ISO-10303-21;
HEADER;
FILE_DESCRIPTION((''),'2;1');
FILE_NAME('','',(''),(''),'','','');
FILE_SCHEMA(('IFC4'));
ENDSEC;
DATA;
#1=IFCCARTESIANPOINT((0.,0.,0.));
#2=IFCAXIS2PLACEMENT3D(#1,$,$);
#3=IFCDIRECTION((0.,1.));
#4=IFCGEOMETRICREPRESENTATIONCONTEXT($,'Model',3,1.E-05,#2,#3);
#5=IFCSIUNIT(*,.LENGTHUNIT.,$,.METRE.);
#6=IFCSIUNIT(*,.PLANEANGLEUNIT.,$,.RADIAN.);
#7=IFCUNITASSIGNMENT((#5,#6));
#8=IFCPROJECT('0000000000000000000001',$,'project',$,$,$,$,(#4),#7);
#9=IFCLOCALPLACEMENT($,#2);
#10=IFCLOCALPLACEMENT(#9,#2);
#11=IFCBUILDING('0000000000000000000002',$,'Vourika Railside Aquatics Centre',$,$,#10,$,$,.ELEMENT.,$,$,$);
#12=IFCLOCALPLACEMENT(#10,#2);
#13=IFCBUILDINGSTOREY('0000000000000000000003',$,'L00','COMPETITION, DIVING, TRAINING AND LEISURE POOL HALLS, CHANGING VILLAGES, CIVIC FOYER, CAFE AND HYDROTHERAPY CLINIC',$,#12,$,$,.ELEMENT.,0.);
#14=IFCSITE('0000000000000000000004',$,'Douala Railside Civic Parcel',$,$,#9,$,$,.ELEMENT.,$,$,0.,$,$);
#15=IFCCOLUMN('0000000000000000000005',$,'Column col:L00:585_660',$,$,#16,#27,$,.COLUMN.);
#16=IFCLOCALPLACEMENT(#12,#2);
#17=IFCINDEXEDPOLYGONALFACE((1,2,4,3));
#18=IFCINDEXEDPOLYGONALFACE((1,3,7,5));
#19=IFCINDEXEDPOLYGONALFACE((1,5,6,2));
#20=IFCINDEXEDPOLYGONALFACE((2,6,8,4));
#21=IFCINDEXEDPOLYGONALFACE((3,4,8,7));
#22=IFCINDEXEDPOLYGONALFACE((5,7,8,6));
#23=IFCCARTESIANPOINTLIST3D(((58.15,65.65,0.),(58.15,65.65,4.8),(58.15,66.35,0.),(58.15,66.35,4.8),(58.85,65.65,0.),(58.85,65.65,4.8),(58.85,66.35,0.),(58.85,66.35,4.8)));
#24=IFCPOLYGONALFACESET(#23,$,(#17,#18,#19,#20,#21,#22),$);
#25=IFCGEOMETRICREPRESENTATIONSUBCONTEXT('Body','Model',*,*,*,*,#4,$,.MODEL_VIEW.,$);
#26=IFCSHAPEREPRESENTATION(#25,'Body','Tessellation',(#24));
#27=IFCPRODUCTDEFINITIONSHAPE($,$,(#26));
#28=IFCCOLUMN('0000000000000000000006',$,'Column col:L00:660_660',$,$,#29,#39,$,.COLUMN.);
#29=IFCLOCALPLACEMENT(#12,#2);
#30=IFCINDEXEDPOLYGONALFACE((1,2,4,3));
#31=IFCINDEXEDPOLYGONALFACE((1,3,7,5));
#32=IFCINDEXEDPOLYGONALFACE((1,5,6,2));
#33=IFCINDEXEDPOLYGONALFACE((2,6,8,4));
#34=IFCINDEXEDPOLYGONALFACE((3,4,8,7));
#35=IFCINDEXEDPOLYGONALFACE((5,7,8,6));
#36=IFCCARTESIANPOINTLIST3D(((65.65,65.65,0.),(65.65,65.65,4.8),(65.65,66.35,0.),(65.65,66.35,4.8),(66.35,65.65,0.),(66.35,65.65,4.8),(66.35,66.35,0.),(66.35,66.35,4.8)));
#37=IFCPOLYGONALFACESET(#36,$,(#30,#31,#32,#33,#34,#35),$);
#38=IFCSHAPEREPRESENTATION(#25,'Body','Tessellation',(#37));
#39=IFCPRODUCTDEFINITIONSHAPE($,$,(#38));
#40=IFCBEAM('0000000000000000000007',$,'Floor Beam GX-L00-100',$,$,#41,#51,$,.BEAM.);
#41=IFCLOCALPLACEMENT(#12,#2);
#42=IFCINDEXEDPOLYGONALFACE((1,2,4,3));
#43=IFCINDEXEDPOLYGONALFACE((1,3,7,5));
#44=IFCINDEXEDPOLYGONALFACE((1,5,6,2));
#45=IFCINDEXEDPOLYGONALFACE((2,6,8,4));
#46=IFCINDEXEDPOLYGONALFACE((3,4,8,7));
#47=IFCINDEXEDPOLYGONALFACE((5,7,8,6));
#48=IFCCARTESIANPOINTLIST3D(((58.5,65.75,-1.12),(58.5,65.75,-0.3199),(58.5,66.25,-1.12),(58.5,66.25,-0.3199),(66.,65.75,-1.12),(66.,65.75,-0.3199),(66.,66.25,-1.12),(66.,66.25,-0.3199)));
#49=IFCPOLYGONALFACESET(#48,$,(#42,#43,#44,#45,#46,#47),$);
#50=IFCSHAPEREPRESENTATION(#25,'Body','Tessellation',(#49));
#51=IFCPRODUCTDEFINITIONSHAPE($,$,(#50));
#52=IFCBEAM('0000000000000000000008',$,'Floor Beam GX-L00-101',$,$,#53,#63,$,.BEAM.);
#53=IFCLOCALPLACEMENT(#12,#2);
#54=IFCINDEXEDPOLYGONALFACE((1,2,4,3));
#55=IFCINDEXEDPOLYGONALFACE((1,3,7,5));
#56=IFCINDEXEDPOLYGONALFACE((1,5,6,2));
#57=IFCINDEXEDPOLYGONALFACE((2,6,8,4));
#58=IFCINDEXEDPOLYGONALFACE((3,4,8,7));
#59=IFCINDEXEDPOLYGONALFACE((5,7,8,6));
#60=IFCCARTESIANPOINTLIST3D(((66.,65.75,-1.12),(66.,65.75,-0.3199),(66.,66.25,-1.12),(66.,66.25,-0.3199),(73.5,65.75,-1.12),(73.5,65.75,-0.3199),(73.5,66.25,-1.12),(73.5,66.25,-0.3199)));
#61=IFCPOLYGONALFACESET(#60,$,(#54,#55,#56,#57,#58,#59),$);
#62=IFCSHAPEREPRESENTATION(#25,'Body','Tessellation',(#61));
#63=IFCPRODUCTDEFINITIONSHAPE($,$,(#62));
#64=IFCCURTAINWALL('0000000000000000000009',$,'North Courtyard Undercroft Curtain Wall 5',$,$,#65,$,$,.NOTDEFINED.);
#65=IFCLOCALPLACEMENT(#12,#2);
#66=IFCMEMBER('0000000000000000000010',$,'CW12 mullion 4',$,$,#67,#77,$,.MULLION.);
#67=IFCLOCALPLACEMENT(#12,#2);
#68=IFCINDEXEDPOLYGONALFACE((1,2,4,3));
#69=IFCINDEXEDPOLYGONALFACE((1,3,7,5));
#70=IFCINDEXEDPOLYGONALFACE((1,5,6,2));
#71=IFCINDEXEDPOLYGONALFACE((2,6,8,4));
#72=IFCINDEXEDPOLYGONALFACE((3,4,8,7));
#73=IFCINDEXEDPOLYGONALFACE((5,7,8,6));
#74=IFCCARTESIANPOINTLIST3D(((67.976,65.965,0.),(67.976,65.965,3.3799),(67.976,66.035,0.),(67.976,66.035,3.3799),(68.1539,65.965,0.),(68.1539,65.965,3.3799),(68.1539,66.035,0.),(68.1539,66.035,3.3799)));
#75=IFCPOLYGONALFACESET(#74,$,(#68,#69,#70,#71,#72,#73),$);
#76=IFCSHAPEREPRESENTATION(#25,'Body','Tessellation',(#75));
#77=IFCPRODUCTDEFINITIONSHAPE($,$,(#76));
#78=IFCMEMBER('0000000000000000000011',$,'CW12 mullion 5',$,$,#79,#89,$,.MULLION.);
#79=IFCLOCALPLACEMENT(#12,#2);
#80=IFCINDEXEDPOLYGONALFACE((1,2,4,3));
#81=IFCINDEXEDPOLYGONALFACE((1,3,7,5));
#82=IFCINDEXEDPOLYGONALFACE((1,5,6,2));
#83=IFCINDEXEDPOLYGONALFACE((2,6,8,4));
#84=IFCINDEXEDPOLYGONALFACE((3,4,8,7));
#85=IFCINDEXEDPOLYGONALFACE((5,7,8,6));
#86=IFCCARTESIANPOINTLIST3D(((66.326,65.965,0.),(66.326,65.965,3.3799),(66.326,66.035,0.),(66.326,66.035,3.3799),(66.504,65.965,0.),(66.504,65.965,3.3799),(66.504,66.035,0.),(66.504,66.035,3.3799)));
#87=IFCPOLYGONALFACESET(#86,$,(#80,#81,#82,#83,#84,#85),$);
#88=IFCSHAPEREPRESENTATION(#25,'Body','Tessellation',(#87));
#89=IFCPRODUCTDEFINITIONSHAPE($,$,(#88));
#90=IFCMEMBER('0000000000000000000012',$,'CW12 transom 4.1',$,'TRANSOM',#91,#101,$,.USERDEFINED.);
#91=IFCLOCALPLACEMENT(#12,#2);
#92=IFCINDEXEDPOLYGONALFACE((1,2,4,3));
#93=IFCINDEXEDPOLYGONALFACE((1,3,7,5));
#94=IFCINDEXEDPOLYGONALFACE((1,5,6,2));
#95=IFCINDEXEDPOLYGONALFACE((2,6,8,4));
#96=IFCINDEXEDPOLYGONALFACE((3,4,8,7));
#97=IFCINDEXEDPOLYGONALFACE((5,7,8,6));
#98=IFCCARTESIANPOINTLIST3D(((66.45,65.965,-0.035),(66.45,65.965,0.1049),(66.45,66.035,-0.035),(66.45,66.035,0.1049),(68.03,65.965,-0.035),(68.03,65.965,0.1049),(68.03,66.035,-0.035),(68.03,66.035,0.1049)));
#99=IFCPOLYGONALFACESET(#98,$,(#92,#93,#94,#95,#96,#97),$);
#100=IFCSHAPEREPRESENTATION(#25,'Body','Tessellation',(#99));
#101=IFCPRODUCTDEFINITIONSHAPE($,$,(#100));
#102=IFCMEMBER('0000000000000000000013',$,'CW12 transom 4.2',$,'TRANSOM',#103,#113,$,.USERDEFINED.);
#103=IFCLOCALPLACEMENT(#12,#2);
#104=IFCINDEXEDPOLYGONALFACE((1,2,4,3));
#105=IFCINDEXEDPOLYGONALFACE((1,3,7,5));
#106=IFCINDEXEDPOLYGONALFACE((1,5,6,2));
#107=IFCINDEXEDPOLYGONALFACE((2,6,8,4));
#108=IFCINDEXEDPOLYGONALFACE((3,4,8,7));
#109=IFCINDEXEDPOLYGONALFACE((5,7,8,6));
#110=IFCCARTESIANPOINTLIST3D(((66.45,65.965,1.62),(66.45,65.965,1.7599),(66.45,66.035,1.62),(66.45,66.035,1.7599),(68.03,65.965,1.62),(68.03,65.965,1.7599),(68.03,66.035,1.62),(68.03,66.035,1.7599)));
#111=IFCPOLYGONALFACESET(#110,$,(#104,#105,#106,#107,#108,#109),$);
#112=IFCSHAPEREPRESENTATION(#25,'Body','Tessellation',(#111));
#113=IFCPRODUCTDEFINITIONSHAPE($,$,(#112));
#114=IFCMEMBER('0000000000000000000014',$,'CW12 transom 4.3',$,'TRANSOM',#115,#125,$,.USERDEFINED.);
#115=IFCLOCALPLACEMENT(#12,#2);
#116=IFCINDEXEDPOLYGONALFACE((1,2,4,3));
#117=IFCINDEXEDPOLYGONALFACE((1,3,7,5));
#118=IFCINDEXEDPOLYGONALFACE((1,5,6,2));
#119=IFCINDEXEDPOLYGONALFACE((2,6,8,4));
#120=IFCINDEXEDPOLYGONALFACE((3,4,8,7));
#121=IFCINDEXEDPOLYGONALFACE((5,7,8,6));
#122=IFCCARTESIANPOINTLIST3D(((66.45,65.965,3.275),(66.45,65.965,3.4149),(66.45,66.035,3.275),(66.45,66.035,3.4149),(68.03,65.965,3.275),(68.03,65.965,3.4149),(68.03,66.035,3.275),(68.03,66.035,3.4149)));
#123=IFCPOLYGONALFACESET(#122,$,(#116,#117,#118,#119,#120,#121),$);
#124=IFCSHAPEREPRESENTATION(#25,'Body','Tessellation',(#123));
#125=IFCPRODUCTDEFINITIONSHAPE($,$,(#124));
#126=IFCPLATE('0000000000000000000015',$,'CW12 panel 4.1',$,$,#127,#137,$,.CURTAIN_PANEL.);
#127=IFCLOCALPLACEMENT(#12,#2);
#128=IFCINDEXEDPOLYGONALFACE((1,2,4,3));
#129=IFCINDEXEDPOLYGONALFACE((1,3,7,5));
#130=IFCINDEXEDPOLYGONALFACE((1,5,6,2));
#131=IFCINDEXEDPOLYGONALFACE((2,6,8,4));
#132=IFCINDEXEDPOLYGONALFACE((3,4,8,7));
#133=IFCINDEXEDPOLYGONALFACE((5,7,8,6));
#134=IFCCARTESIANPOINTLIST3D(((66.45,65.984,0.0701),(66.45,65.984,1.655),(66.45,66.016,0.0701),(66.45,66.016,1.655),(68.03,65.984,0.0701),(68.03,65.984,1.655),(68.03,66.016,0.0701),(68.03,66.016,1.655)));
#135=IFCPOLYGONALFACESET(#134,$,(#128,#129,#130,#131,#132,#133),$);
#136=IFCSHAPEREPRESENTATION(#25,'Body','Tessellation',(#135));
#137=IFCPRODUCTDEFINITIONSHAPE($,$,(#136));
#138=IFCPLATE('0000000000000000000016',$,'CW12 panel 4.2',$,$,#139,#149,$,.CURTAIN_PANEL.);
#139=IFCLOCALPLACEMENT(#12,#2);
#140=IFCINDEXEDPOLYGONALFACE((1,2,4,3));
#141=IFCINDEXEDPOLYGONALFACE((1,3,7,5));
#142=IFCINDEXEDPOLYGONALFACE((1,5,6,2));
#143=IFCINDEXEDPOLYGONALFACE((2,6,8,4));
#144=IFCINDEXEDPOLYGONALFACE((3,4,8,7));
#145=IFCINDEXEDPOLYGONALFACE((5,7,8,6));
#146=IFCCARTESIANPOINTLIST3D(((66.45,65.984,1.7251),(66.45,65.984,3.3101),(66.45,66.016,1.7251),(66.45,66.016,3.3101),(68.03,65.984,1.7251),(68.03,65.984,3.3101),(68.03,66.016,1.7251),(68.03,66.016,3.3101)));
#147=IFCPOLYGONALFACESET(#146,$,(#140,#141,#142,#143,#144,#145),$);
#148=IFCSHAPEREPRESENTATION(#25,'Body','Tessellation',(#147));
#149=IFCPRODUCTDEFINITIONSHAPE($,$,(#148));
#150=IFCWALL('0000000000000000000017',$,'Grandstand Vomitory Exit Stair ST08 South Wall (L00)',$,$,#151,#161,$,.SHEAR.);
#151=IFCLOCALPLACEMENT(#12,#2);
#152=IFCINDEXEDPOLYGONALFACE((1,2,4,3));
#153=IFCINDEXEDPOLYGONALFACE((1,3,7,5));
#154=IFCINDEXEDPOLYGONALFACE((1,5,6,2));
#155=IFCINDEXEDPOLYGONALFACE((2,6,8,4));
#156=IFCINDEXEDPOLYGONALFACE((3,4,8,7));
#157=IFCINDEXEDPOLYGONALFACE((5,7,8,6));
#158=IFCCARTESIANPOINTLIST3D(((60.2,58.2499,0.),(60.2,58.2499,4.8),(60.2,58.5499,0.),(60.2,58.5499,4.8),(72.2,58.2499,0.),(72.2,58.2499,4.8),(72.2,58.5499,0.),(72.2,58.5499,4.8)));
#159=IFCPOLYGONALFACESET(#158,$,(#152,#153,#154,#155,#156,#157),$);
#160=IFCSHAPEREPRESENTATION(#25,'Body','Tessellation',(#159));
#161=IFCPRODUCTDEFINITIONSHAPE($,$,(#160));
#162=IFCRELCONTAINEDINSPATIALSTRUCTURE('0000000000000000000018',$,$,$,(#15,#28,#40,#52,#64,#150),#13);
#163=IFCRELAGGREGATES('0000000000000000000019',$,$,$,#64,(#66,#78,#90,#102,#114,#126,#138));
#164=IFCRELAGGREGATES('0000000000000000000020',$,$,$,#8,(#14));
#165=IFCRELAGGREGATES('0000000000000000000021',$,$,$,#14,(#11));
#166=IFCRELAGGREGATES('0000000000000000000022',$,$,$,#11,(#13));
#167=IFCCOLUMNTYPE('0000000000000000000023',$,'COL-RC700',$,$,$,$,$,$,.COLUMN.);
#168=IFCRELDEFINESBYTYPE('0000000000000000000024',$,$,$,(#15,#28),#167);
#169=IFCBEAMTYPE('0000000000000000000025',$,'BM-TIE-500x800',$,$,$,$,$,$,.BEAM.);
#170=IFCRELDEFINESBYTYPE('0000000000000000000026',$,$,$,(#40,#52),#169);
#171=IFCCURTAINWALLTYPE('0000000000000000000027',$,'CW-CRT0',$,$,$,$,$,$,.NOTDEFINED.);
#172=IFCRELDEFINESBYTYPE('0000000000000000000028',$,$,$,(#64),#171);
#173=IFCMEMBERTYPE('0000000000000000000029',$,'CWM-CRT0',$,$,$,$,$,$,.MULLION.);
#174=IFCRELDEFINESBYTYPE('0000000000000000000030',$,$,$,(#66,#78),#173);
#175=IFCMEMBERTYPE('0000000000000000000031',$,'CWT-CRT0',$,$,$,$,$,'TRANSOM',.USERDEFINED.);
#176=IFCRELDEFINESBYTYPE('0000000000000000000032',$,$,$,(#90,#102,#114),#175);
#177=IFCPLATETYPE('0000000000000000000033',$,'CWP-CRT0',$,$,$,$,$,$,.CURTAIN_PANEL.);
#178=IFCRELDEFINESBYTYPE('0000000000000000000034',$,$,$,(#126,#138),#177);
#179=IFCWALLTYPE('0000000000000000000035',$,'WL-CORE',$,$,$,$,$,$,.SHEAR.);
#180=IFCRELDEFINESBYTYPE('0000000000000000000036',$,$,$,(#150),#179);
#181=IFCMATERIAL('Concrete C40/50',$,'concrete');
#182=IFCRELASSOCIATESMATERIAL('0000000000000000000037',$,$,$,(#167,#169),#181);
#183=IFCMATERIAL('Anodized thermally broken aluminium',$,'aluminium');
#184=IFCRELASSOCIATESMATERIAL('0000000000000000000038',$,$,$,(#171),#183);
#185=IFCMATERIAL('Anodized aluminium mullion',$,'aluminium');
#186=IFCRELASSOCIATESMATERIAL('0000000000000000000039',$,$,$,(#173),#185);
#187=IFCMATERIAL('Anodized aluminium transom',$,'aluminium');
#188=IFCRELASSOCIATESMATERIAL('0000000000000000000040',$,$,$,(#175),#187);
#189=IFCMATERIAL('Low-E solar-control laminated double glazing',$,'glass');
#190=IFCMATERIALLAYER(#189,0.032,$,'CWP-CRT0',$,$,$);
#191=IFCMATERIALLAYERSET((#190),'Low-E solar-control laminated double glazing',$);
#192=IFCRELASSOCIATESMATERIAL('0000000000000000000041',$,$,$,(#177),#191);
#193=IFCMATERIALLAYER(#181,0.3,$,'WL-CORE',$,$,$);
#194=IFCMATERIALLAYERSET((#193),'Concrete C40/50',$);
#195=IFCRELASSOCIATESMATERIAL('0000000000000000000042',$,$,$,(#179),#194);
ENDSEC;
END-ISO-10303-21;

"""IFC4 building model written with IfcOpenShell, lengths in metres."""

from ifc_helpers import new_model, si_unit, direction, frame, frame_2d, origin, origin_2d, place, context, subcontext, project, spatial, rectangle, extrude, material, layer, layer_set, material_profile, profile_set, type_object, element, aggregate, save


model = new_model("IFC4")

# Units and contexts
model_context = context("Model", 3, precision=1e-05, world=origin(), true_north=direction((0.0, 1.0)))
body_context = subcontext(model_context, "Body", "Model", "MODEL_VIEW")
ifc_project = project(units=[si_unit("LENGTHUNIT", "METRE"), si_unit("PLANEANGLEUNIT", "RADIAN")], contexts=[model_context])

# Site, building, storey
site_placement = place(None, origin())
site = spatial("IfcSite", under=ifc_project, at=site_placement, Name="Douala Railside Civic Parcel", CompositionType="ELEMENT", RefElevation=0.0)
building_placement = place(site_placement, origin())
building = spatial("IfcBuilding", under=site, at=building_placement, Name="Vourika Railside Aquatics Centre", CompositionType="ELEMENT")
storey_placement = place(building_placement, origin())
storey = spatial("IfcBuildingStorey", under=building, at=storey_placement, Name="L00", Description="COMPETITION, DIVING, TRAINING AND LEISURE POOL HALLS, CHANGING VILLAGES, CIVIC FOYER, CAFE AND HYDROTHERAPY CLINIC", CompositionType="ELEMENT", Elevation=0.0)

# Columns
ifc_material_1 = material(Name="Concrete C40/50", Category="concrete")
ifc_material_profile_1 = material_profile(ifc_material_1, rectangle(XDim=0.7, YDim=0.7, at=origin_2d()), Name="RC 700x700")
ifc_profile_set_1 = profile_set([ifc_material_profile_1], Name="Concrete C40/50")
column_type = type_object("IfcColumnType", Name="COL-RC700", PredefinedType="COLUMN", material=ifc_profile_set_1)
for number, where, z_axis, x_axis, name in (
    (1, (58.5, 66.0, 0.0), (0.0, 0.0, 1.0), (1.0, 0.0, 0.0), "Column col:L00:585_660"),
    (2, (66.0, 66.0, 0.0), (0.0, 0.0, 1.0), (1.0, 0.0, 0.0), "Column col:L00:660_660"),
):
    element("IfcColumn", number, at=place(storey_placement, frame(where, z_axis=z_axis, x_axis=x_axis)), inside=storey, type_object=column_type, Name=name, PredefinedType="COLUMN", context=body_context, shape_type="SweptSolid", body=[
        extrude(rectangle(XDim=0.7, YDim=0.7, at=origin_2d()), origin(), (0.0, 0.0, 1.0), 4.8),
    ])

# Beams
ifc_material_profile_2 = material_profile(ifc_material_1, rectangle(XDim=0.5, YDim=0.8, at=origin_2d()), Name="RC 500x800")
ifc_profile_set_2 = profile_set([ifc_material_profile_2], Name="Concrete C40/50")
beam_type = type_object("IfcBeamType", Name="BM-TIE-500x800", PredefinedType="BEAM", material=ifc_profile_set_2)
for number, where, z_axis, x_axis, name in (
    (3, (58.5, 66.0, -0.72), (1.0, 0.0, 0.0), (0.0, 1.0, 0.0), "Floor Beam GX-L00-100"),
    (4, (66.0, 66.0, -0.72), (1.0, 0.0, 0.0), (0.0, 1.0, 0.0), "Floor Beam GX-L00-101"),
):
    element("IfcBeam", number, at=place(storey_placement, frame(where, z_axis=z_axis, x_axis=x_axis)), inside=storey, type_object=beam_type, Name=name, PredefinedType="BEAM", context=body_context, shape_type="SweptSolid", body=[
        extrude(rectangle(XDim=0.5, YDim=0.8, at=origin_2d()), origin(), (0.0, 0.0, 1.0), 7.5),
    ])

# Curtain wall, members, plates
ifc_material_2 = material(Name="Anodized thermally broken aluminium", Category="aluminium")
curtain_wall_type = type_object("IfcCurtainWallType", Name="CW-CRT0", PredefinedType="NOTDEFINED", material=ifc_material_2)
curtain_wall_placement = place(storey_placement, origin())
curtain_wall = element("IfcCurtainWall", 5, at=curtain_wall_placement, inside=storey, type_object=curtain_wall_type, Name="North Courtyard Undercroft Curtain Wall 5", PredefinedType="NOTDEFINED")
ifc_material_3 = material(Name="Anodized aluminium mullion", Category="aluminium")
ifc_material_profile_3 = material_profile(ifc_material_3, rectangle(XDim=0.0701, YDim=0.178, at=origin_2d()), Name="ALU-M 70x178")
ifc_profile_set_3 = profile_set([ifc_material_profile_3], Name="Anodized aluminium mullion")
member_type_1 = type_object("IfcMemberType", Name="CWM-CRT0", PredefinedType="MULLION", material=ifc_profile_set_3)
member_1_placement = place(storey_placement, frame((68.0649, 66.0, 0.0), z_axis=(0.0, 0.0, 1.0), x_axis=(0.0, -1.0, 0.0)))
member_1 = element("IfcMember", 6, at=member_1_placement, type_object=member_type_1, Name="CW12 mullion 4", PredefinedType="MULLION", context=body_context, shape_type="SweptSolid", body=[
    extrude(rectangle(XDim=0.0701, YDim=0.178, at=origin_2d()), origin(), (0.0, 0.0, 1.0), 3.3799),
])
member_2_placement = place(storey_placement, frame((66.415, 66.0, 0.0), z_axis=(0.0, 0.0, 1.0), x_axis=(0.0, -1.0, 0.0)))
member_2 = element("IfcMember", 7, at=member_2_placement, type_object=member_type_1, Name="CW12 mullion 5", PredefinedType="MULLION", context=body_context, shape_type="SweptSolid", body=[
    extrude(rectangle(XDim=0.0701, YDim=0.178, at=origin_2d()), origin(), (0.0, 0.0, 1.0), 3.3799),
])
ifc_material_4 = material(Name="Anodized aluminium transom", Category="aluminium")
ifc_material_profile_4 = material_profile(ifc_material_4, rectangle(XDim=0.0701, YDim=0.1399, at=origin_2d()), Name="ALU-T 70x140")
ifc_profile_set_4 = profile_set([ifc_material_profile_4], Name="Anodized aluminium transom")
member_type_2 = type_object("IfcMemberType", Name="CWT-CRT0", ElementType="TRANSOM", PredefinedType="USERDEFINED", material=ifc_profile_set_4)
member_3_placement = place(storey_placement, frame((68.03, 66.0, 0.0349), z_axis=(-1.0, 0.0, 0.0), x_axis=(0.0, -1.0, 0.0)))
member_3 = element("IfcMember", 8, at=member_3_placement, type_object=member_type_2, Name="CW12 transom 4.1", ObjectType="TRANSOM", PredefinedType="USERDEFINED", context=body_context, shape_type="SweptSolid", body=[
    extrude(rectangle(XDim=0.0701, YDim=0.1399, at=origin_2d()), origin(), (0.0, 0.0, 1.0), 1.5801),
])
member_4_placement = place(storey_placement, frame((68.03, 66.0, 1.6899), z_axis=(-1.0, 0.0, 0.0), x_axis=(0.0, -1.0, 0.0)))
member_4 = element("IfcMember", 9, at=member_4_placement, type_object=member_type_2, Name="CW12 transom 4.2", ObjectType="TRANSOM", PredefinedType="USERDEFINED", context=body_context, shape_type="SweptSolid", body=[
    extrude(rectangle(XDim=0.0701, YDim=0.1399, at=origin_2d()), origin(), (0.0, 0.0, 1.0), 1.5801),
])
member_5_placement = place(storey_placement, frame((68.03, 66.0, 3.345), z_axis=(-1.0, 0.0, 0.0), x_axis=(0.0, -1.0, 0.0)))
member_5 = element("IfcMember", 10, at=member_5_placement, type_object=member_type_2, Name="CW12 transom 4.3", ObjectType="TRANSOM", PredefinedType="USERDEFINED", context=body_context, shape_type="SweptSolid", body=[
    extrude(rectangle(XDim=0.0701, YDim=0.1399, at=origin_2d()), origin(), (0.0, 0.0, 1.0), 1.5801),
])
ifc_material_5 = material(Name="Low-E solar-control laminated double glazing", Category="glass")
ifc_layer_1 = layer(ifc_material_5, 0.032, Name="CWP-CRT0")
ifc_layer_set_1 = layer_set([ifc_layer_1], Name="Low-E solar-control laminated double glazing")
plate_type = type_object("IfcPlateType", Name="CWP-CRT0", PredefinedType="CURTAIN_PANEL", material=ifc_layer_set_1)
plate_1_placement = place(storey_placement, frame((67.24, 66.0, 0.0701), z_axis=(0.0, 0.0, 1.0), x_axis=(-1.0, 0.0, 0.0)))
plate_1 = element("IfcPlate", 11, at=plate_1_placement, type_object=plate_type, Name="CW12 panel 4.1", PredefinedType="CURTAIN_PANEL", context=body_context, shape_type="SweptSolid", body=[
    extrude(rectangle(XDim=1.5801, YDim=0.032, at=origin_2d()), origin(), (0.0, 0.0, 1.0), 1.585),
])
plate_2_placement = place(storey_placement, frame((67.24, 66.0, 1.7251), z_axis=(0.0, 0.0, 1.0), x_axis=(-1.0, 0.0, 0.0)))
plate_2 = element("IfcPlate", 12, at=plate_2_placement, type_object=plate_type, Name="CW12 panel 4.2", PredefinedType="CURTAIN_PANEL", context=body_context, shape_type="SweptSolid", body=[
    extrude(rectangle(XDim=1.5801, YDim=0.032, at=origin_2d()), origin(), (0.0, 0.0, 1.0), 1.585),
])
aggregate(curtain_wall, [member_1, member_2, member_3, member_4, member_5, plate_1, plate_2])

# Wall
ifc_layer_2 = layer(ifc_material_1, 0.3, Name="WL-CORE")
ifc_layer_set_2 = layer_set([ifc_layer_2], Name="Concrete C40/50")
wall_type_1 = type_object("IfcWallType", Name="WL-CORE", PredefinedType="SHEAR", material=ifc_layer_set_2)
wall_1_placement = place(storey_placement, frame((60.2, 58.3999, 0.0), z_axis=(0.0, 0.0, 1.0), x_axis=(1.0, 0.0, 0.0)))
element("IfcWall", 13, at=wall_1_placement, inside=storey, type_object=wall_type_1, Name="Grandstand Vomitory Exit Stair ST08 South Wall (L00)", PredefinedType="SHEAR", context=body_context, shape_type="SweptSolid", body=[
    extrude(rectangle(XDim=12.0, YDim=0.3, at=frame_2d((6.0, 0.0))), origin(), (0.0, 0.0, 1.0), 4.8),
])

save(model, "model.ifc")
